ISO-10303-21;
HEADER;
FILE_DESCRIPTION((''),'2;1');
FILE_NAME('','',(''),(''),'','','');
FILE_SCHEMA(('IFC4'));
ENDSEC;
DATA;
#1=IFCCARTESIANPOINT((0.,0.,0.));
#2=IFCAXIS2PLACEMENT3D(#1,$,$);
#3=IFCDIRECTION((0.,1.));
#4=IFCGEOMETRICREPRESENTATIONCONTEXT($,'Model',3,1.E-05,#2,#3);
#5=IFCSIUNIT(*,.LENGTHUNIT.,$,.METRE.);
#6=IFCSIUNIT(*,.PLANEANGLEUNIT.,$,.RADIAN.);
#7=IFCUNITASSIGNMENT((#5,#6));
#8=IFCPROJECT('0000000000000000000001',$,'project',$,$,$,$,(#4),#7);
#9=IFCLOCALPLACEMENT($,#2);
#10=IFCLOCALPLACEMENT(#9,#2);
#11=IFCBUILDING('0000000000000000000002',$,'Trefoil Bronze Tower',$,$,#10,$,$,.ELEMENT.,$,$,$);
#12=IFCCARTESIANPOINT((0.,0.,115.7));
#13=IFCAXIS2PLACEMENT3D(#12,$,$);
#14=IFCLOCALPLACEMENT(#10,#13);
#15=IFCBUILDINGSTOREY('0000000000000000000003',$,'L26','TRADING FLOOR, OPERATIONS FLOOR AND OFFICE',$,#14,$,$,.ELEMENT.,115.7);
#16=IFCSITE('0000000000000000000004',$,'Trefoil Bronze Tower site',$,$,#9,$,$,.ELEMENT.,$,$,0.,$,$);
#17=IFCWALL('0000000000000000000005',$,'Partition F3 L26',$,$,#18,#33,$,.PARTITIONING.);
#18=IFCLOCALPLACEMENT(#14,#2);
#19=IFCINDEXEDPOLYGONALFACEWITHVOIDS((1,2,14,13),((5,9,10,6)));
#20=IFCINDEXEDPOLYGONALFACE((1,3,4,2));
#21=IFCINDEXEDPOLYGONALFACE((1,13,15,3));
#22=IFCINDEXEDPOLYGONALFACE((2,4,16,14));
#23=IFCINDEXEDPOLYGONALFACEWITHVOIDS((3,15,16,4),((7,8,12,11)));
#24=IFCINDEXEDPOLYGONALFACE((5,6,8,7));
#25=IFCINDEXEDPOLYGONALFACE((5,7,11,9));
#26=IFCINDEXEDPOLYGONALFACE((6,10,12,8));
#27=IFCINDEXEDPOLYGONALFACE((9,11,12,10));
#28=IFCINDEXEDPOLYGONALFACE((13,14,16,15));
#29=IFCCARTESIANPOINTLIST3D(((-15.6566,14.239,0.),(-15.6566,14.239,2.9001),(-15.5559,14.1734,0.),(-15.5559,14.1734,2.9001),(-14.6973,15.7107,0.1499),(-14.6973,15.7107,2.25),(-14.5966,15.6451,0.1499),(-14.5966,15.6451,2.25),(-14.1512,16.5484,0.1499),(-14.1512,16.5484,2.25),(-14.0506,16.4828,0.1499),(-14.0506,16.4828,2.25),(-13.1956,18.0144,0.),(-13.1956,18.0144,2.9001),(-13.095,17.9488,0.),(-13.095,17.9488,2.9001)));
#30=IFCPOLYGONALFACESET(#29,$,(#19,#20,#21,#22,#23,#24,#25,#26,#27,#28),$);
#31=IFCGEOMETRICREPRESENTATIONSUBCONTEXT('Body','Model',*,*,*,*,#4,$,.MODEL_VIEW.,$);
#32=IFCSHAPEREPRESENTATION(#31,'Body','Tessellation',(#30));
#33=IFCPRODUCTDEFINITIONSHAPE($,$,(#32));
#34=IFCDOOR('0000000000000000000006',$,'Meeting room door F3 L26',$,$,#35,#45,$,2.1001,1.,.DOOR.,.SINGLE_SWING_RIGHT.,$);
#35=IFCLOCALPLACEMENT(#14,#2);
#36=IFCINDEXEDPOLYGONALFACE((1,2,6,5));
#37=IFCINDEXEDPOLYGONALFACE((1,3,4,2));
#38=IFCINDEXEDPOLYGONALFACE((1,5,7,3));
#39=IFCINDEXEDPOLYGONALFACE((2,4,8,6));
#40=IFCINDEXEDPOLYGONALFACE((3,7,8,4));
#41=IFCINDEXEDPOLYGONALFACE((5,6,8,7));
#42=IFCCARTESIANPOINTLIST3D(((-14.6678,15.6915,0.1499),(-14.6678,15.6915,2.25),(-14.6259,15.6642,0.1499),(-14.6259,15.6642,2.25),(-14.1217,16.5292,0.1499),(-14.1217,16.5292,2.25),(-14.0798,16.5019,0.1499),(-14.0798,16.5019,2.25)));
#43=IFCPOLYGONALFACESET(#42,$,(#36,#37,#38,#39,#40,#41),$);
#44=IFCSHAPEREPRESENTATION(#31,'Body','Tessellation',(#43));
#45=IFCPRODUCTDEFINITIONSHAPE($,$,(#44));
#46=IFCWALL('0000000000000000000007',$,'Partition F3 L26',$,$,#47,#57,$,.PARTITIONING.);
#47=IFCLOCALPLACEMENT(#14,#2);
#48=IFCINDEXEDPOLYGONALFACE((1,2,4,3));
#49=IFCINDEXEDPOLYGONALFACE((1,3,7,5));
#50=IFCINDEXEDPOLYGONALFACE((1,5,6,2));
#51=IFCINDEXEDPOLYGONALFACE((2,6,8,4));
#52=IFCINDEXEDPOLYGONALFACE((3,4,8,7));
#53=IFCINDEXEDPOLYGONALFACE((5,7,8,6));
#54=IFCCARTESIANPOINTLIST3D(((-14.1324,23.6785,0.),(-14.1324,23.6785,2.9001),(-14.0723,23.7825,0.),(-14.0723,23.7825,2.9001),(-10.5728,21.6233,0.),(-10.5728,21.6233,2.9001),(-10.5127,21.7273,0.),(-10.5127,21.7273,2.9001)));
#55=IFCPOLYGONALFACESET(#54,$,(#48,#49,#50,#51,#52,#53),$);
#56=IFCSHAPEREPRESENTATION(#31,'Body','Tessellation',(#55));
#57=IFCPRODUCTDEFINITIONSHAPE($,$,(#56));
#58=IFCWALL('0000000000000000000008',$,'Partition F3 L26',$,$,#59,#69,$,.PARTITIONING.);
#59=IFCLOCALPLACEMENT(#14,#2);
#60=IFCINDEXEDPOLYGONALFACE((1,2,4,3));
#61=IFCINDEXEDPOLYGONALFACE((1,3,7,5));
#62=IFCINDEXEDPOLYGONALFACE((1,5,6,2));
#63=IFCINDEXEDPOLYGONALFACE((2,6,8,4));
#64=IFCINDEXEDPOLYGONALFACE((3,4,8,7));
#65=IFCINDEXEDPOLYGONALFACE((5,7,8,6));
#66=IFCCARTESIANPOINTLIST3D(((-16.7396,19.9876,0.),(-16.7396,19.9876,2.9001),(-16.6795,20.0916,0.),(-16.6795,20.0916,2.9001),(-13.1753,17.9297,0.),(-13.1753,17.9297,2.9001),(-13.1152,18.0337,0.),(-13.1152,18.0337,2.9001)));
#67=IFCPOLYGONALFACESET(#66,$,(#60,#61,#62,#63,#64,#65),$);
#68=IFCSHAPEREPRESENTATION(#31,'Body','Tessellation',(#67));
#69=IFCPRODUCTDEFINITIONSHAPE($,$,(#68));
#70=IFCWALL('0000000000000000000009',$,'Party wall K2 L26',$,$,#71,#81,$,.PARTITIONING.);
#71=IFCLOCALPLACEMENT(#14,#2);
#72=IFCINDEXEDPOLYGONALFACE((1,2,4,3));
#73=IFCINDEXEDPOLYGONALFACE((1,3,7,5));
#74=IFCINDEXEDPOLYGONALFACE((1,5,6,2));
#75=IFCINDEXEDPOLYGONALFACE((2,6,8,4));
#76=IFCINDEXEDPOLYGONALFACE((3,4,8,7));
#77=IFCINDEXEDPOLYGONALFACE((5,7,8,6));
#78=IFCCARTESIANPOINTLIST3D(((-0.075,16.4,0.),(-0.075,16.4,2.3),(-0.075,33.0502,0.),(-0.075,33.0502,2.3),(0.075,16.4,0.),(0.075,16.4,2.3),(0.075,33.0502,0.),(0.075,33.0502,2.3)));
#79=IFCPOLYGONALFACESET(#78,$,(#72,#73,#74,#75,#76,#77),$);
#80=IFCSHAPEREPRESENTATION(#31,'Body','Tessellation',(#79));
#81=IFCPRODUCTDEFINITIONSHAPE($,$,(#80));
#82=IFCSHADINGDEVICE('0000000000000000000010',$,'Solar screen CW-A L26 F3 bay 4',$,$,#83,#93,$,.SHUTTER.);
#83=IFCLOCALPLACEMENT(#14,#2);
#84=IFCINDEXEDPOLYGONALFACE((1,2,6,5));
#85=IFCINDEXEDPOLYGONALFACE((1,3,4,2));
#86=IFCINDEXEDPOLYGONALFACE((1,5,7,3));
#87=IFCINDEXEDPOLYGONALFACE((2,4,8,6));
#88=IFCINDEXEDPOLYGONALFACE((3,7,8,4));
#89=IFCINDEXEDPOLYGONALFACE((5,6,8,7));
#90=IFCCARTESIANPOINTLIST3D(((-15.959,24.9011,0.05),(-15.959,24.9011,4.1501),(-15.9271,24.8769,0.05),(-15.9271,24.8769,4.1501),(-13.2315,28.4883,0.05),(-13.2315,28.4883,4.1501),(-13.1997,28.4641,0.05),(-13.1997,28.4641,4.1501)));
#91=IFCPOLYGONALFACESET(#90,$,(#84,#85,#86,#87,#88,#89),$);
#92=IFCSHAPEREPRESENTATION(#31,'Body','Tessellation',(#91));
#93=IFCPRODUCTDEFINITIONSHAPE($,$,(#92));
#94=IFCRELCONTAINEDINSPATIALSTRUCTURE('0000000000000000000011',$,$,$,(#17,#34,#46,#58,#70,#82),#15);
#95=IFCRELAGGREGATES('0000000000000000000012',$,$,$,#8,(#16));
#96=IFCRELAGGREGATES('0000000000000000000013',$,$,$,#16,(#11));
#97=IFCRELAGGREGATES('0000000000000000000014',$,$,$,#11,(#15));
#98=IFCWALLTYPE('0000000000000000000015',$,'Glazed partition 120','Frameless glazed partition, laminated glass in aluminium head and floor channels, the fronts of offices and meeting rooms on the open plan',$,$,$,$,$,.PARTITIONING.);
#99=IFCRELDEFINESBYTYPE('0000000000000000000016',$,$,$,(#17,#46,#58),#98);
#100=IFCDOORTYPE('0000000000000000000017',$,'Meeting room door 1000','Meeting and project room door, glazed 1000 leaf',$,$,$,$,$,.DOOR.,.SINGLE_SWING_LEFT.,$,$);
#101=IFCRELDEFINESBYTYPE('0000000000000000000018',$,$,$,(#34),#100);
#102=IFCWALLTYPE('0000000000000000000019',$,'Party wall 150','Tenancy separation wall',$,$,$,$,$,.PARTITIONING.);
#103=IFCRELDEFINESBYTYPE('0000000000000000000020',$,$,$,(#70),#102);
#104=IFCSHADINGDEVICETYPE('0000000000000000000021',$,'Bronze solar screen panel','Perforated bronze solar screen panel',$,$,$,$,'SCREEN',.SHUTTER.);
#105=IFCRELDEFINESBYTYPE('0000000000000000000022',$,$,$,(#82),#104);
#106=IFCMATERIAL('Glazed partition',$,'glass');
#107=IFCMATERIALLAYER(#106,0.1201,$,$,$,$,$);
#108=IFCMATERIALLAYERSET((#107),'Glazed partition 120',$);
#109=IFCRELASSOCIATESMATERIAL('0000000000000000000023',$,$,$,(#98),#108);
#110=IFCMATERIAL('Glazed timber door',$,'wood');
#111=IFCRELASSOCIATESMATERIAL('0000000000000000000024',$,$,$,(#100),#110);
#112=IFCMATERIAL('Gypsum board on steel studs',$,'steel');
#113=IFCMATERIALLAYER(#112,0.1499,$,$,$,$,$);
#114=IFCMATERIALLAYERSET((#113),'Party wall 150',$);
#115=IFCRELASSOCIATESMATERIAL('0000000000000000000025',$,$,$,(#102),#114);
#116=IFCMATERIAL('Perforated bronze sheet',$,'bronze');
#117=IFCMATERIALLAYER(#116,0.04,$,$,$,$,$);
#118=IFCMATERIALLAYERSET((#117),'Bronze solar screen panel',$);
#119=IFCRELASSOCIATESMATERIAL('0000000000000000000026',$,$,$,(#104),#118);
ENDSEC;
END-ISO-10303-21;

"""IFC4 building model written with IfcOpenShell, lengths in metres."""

from ifc_helpers import new_model, si_unit, direction, frame, frame_2d, origin, origin_2d, place, context, subcontext, project, spatial, rectangle, extrude, material, layer, layer_set, type_object, element, fill, save


model = new_model("IFC4")

# Units and contexts
model_context = context("Model", 3, precision=1e-05, world=origin(), true_north=direction((0.0, 1.0)))
body_context = subcontext(model_context, "Body", "Model", "MODEL_VIEW")
ifc_project = project(units=[si_unit("LENGTHUNIT", "METRE"), si_unit("PLANEANGLEUNIT", "RADIAN")], contexts=[model_context])

# Site, building, storey
site_placement = place(None, origin())
site = spatial("IfcSite", under=ifc_project, at=site_placement, Name="Trefoil Bronze Tower site", CompositionType="ELEMENT", RefElevation=0.0)
building_placement = place(site_placement, origin())
building = spatial("IfcBuilding", under=site, at=building_placement, Name="Trefoil Bronze Tower", CompositionType="ELEMENT")
storey_placement = place(building_placement, frame((0.0, 0.0, 115.7)))
storey = spatial("IfcBuildingStorey", under=building, at=storey_placement, Name="L26", Description="TRADING FLOOR, OPERATIONS FLOOR AND OFFICE", CompositionType="ELEMENT", Elevation=115.7)

# Wall, opening, door
ifc_material_1 = material(Name="Glazed partition", Category="glass")
ifc_layer_1 = layer(ifc_material_1, 0.1201)
ifc_layer_set_1 = layer_set([ifc_layer_1], Name="Glazed partition 120")
wall_type_1 = type_object("IfcWallType", Name="Glazed partition 120", Description="Frameless glazed partition, laminated glass in aluminium head and floor channels, the fronts of offices and meeting rooms on the open plan", PredefinedType="PARTITIONING", material=ifc_layer_set_1)
ifc_material_2 = material(Name="Glazed timber door", Category="wood")
door_type_1 = type_object("IfcDoorType", Name="Meeting room door 1000", Description="Meeting and project room door, glazed 1000 leaf", OperationType="SINGLE_SWING_LEFT", PredefinedType="DOOR", material=ifc_material_2)
wall_1_placement = place(storey_placement, frame((-13.1453, 17.9817, 0.0), z_axis=(0.0, 0.0, 1.0), x_axis=(-0.546069, -0.83774, 0.0)))
wall_1 = element("IfcWall", 1, at=wall_1_placement, inside=storey, type_object=wall_type_1, Name="Partition F3 L26", PredefinedType="PARTITIONING", context=body_context, shape_type="SweptSolid", body=[
    extrude(rectangle(XDim=4.5066, YDim=0.1201, at=frame_2d((2.2534, 0.0))), origin(), (0.0, 0.0, 1.0), 2.9001),
])
opening_1_placement = place(wall_1_placement, frame((1.75, 0.0, 0.1499)))
opening_1 = element("IfcOpeningElement", 2, at=opening_1_placement, cuts=wall_1, PredefinedType="OPENING", context=body_context, shape_type="SweptSolid", body=[
    extrude(rectangle(XDim=1.0, YDim=2.1001, at=frame_2d((0.5, 1.05))), frame((0.0, 0.0701, 0.0), z_axis=(0.0, -1.0, 0.0), x_axis=(1.0, 0.0, 0.0)), (0.0, 0.0, 1.0), 0.1401),
])
door_1_placement = place(opening_1_placement, frame((1.0, 0.0, 0.0), z_axis=(0.0, 0.0, 1.0), x_axis=(-1.0, 0.0, 0.0)))
door_1 = element("IfcDoor", 3, at=door_1_placement, inside=storey, type_object=door_type_1, Name="Meeting room door F3 L26", OperationType="SINGLE_SWING_RIGHT", OverallHeight=2.1001, OverallWidth=1.0, PredefinedType="DOOR", context=body_context, shape_type="SweptSolid", body=[
    extrude(rectangle(XDim=1.0, YDim=2.1001, at=frame_2d((0.5, 1.05))), frame((0.0, 0.0249, 0.0), z_axis=(0.0, -1.0, 0.0), x_axis=(1.0, 0.0, 0.0)), (0.0, 0.0, 1.0), 0.05),
])
fill(opening_1, door_1)

# Walls
wall_2_placement = place(storey_placement, frame((-10.5427, 21.6753, 0.0), z_axis=(0.0, 0.0, 1.0), x_axis=(-0.866019, 0.50001, 0.0)))
element("IfcWall", 4, at=wall_2_placement, inside=storey, type_object=wall_type_1, Name="Partition F3 L26", PredefinedType="PARTITIONING", context=body_context, shape_type="SweptSolid", body=[
    extrude(rectangle(XDim=4.1104, YDim=0.1201, at=frame_2d((2.0552, 0.0))), origin(), (0.0, 0.0, 1.0), 2.9001),
])
wall_3_placement = place(storey_placement, frame((-13.1453, 17.9817, 0.0), z_axis=(0.0, 0.0, 1.0), x_axis=(-0.866019, 0.500012, 0.0)))
element("IfcWall", 5, at=wall_3_placement, inside=storey, type_object=wall_type_1, Name="Partition F3 L26", PredefinedType="PARTITIONING", context=body_context, shape_type="SweptSolid", body=[
    extrude(rectangle(XDim=4.1157, YDim=0.1201, at=frame_2d((2.0579, 0.0))), origin(), (0.0, 0.0, 1.0), 2.9001),
])
ifc_material_3 = material(Name="Gypsum board on steel studs", Category="steel")
ifc_layer_2 = layer(ifc_material_3, 0.1499)
ifc_layer_set_2 = layer_set([ifc_layer_2], Name="Party wall 150")
wall_type_2 = type_object("IfcWallType", Name="Party wall 150", Description="Tenancy separation wall", PredefinedType="PARTITIONING", material=ifc_layer_set_2)
wall_4_placement = place(storey_placement, frame((0.0, 16.3999, 0.0), z_axis=(0.0, 0.0, 1.0), x_axis=(0.0, 1.0, 0.0)))
element("IfcWall", 6, at=wall_4_placement, inside=storey, type_object=wall_type_2, Name="Party wall K2 L26", PredefinedType="PARTITIONING", context=body_context, shape_type="SweptSolid", body=[
    extrude(rectangle(XDim=16.6501, YDim=0.1499, at=frame_2d((8.3252, 0.0))), origin(), (0.0, 0.0, 1.0), 2.3),
])

# Shading device
ifc_material_4 = material(Name="Perforated bronze sheet", Category="bronze")
ifc_layer_3 = layer(ifc_material_4, 0.04)
ifc_layer_set_3 = layer_set([ifc_layer_3], Name="Bronze solar screen panel")
shading_device_type = type_object("IfcShadingDeviceType", Name="Bronze solar screen panel", Description="Perforated bronze solar screen panel", ElementType="SCREEN", PredefinedType="SHUTTER", material=ifc_layer_set_3)
shading_device_placement = place(storey_placement, frame((-14.5793, 26.6826, 0.05), z_axis=(0.0, 0.0, 1.0), x_axis=(-0.605252, -0.796034, 0.0)))
element("IfcShadingDevice", 7, at=shading_device_placement, inside=storey, type_object=shading_device_type, Name="Solar screen CW-A L26 F3 bay 4", PredefinedType="SHUTTER", context=body_context, shape_type="SweptSolid", body=[
    extrude(rectangle(XDim=4.5063, YDim=0.04, at=origin_2d()), origin(), (0.0, 0.0, 1.0), 4.1001),
])

save(model, "model.ifc")
